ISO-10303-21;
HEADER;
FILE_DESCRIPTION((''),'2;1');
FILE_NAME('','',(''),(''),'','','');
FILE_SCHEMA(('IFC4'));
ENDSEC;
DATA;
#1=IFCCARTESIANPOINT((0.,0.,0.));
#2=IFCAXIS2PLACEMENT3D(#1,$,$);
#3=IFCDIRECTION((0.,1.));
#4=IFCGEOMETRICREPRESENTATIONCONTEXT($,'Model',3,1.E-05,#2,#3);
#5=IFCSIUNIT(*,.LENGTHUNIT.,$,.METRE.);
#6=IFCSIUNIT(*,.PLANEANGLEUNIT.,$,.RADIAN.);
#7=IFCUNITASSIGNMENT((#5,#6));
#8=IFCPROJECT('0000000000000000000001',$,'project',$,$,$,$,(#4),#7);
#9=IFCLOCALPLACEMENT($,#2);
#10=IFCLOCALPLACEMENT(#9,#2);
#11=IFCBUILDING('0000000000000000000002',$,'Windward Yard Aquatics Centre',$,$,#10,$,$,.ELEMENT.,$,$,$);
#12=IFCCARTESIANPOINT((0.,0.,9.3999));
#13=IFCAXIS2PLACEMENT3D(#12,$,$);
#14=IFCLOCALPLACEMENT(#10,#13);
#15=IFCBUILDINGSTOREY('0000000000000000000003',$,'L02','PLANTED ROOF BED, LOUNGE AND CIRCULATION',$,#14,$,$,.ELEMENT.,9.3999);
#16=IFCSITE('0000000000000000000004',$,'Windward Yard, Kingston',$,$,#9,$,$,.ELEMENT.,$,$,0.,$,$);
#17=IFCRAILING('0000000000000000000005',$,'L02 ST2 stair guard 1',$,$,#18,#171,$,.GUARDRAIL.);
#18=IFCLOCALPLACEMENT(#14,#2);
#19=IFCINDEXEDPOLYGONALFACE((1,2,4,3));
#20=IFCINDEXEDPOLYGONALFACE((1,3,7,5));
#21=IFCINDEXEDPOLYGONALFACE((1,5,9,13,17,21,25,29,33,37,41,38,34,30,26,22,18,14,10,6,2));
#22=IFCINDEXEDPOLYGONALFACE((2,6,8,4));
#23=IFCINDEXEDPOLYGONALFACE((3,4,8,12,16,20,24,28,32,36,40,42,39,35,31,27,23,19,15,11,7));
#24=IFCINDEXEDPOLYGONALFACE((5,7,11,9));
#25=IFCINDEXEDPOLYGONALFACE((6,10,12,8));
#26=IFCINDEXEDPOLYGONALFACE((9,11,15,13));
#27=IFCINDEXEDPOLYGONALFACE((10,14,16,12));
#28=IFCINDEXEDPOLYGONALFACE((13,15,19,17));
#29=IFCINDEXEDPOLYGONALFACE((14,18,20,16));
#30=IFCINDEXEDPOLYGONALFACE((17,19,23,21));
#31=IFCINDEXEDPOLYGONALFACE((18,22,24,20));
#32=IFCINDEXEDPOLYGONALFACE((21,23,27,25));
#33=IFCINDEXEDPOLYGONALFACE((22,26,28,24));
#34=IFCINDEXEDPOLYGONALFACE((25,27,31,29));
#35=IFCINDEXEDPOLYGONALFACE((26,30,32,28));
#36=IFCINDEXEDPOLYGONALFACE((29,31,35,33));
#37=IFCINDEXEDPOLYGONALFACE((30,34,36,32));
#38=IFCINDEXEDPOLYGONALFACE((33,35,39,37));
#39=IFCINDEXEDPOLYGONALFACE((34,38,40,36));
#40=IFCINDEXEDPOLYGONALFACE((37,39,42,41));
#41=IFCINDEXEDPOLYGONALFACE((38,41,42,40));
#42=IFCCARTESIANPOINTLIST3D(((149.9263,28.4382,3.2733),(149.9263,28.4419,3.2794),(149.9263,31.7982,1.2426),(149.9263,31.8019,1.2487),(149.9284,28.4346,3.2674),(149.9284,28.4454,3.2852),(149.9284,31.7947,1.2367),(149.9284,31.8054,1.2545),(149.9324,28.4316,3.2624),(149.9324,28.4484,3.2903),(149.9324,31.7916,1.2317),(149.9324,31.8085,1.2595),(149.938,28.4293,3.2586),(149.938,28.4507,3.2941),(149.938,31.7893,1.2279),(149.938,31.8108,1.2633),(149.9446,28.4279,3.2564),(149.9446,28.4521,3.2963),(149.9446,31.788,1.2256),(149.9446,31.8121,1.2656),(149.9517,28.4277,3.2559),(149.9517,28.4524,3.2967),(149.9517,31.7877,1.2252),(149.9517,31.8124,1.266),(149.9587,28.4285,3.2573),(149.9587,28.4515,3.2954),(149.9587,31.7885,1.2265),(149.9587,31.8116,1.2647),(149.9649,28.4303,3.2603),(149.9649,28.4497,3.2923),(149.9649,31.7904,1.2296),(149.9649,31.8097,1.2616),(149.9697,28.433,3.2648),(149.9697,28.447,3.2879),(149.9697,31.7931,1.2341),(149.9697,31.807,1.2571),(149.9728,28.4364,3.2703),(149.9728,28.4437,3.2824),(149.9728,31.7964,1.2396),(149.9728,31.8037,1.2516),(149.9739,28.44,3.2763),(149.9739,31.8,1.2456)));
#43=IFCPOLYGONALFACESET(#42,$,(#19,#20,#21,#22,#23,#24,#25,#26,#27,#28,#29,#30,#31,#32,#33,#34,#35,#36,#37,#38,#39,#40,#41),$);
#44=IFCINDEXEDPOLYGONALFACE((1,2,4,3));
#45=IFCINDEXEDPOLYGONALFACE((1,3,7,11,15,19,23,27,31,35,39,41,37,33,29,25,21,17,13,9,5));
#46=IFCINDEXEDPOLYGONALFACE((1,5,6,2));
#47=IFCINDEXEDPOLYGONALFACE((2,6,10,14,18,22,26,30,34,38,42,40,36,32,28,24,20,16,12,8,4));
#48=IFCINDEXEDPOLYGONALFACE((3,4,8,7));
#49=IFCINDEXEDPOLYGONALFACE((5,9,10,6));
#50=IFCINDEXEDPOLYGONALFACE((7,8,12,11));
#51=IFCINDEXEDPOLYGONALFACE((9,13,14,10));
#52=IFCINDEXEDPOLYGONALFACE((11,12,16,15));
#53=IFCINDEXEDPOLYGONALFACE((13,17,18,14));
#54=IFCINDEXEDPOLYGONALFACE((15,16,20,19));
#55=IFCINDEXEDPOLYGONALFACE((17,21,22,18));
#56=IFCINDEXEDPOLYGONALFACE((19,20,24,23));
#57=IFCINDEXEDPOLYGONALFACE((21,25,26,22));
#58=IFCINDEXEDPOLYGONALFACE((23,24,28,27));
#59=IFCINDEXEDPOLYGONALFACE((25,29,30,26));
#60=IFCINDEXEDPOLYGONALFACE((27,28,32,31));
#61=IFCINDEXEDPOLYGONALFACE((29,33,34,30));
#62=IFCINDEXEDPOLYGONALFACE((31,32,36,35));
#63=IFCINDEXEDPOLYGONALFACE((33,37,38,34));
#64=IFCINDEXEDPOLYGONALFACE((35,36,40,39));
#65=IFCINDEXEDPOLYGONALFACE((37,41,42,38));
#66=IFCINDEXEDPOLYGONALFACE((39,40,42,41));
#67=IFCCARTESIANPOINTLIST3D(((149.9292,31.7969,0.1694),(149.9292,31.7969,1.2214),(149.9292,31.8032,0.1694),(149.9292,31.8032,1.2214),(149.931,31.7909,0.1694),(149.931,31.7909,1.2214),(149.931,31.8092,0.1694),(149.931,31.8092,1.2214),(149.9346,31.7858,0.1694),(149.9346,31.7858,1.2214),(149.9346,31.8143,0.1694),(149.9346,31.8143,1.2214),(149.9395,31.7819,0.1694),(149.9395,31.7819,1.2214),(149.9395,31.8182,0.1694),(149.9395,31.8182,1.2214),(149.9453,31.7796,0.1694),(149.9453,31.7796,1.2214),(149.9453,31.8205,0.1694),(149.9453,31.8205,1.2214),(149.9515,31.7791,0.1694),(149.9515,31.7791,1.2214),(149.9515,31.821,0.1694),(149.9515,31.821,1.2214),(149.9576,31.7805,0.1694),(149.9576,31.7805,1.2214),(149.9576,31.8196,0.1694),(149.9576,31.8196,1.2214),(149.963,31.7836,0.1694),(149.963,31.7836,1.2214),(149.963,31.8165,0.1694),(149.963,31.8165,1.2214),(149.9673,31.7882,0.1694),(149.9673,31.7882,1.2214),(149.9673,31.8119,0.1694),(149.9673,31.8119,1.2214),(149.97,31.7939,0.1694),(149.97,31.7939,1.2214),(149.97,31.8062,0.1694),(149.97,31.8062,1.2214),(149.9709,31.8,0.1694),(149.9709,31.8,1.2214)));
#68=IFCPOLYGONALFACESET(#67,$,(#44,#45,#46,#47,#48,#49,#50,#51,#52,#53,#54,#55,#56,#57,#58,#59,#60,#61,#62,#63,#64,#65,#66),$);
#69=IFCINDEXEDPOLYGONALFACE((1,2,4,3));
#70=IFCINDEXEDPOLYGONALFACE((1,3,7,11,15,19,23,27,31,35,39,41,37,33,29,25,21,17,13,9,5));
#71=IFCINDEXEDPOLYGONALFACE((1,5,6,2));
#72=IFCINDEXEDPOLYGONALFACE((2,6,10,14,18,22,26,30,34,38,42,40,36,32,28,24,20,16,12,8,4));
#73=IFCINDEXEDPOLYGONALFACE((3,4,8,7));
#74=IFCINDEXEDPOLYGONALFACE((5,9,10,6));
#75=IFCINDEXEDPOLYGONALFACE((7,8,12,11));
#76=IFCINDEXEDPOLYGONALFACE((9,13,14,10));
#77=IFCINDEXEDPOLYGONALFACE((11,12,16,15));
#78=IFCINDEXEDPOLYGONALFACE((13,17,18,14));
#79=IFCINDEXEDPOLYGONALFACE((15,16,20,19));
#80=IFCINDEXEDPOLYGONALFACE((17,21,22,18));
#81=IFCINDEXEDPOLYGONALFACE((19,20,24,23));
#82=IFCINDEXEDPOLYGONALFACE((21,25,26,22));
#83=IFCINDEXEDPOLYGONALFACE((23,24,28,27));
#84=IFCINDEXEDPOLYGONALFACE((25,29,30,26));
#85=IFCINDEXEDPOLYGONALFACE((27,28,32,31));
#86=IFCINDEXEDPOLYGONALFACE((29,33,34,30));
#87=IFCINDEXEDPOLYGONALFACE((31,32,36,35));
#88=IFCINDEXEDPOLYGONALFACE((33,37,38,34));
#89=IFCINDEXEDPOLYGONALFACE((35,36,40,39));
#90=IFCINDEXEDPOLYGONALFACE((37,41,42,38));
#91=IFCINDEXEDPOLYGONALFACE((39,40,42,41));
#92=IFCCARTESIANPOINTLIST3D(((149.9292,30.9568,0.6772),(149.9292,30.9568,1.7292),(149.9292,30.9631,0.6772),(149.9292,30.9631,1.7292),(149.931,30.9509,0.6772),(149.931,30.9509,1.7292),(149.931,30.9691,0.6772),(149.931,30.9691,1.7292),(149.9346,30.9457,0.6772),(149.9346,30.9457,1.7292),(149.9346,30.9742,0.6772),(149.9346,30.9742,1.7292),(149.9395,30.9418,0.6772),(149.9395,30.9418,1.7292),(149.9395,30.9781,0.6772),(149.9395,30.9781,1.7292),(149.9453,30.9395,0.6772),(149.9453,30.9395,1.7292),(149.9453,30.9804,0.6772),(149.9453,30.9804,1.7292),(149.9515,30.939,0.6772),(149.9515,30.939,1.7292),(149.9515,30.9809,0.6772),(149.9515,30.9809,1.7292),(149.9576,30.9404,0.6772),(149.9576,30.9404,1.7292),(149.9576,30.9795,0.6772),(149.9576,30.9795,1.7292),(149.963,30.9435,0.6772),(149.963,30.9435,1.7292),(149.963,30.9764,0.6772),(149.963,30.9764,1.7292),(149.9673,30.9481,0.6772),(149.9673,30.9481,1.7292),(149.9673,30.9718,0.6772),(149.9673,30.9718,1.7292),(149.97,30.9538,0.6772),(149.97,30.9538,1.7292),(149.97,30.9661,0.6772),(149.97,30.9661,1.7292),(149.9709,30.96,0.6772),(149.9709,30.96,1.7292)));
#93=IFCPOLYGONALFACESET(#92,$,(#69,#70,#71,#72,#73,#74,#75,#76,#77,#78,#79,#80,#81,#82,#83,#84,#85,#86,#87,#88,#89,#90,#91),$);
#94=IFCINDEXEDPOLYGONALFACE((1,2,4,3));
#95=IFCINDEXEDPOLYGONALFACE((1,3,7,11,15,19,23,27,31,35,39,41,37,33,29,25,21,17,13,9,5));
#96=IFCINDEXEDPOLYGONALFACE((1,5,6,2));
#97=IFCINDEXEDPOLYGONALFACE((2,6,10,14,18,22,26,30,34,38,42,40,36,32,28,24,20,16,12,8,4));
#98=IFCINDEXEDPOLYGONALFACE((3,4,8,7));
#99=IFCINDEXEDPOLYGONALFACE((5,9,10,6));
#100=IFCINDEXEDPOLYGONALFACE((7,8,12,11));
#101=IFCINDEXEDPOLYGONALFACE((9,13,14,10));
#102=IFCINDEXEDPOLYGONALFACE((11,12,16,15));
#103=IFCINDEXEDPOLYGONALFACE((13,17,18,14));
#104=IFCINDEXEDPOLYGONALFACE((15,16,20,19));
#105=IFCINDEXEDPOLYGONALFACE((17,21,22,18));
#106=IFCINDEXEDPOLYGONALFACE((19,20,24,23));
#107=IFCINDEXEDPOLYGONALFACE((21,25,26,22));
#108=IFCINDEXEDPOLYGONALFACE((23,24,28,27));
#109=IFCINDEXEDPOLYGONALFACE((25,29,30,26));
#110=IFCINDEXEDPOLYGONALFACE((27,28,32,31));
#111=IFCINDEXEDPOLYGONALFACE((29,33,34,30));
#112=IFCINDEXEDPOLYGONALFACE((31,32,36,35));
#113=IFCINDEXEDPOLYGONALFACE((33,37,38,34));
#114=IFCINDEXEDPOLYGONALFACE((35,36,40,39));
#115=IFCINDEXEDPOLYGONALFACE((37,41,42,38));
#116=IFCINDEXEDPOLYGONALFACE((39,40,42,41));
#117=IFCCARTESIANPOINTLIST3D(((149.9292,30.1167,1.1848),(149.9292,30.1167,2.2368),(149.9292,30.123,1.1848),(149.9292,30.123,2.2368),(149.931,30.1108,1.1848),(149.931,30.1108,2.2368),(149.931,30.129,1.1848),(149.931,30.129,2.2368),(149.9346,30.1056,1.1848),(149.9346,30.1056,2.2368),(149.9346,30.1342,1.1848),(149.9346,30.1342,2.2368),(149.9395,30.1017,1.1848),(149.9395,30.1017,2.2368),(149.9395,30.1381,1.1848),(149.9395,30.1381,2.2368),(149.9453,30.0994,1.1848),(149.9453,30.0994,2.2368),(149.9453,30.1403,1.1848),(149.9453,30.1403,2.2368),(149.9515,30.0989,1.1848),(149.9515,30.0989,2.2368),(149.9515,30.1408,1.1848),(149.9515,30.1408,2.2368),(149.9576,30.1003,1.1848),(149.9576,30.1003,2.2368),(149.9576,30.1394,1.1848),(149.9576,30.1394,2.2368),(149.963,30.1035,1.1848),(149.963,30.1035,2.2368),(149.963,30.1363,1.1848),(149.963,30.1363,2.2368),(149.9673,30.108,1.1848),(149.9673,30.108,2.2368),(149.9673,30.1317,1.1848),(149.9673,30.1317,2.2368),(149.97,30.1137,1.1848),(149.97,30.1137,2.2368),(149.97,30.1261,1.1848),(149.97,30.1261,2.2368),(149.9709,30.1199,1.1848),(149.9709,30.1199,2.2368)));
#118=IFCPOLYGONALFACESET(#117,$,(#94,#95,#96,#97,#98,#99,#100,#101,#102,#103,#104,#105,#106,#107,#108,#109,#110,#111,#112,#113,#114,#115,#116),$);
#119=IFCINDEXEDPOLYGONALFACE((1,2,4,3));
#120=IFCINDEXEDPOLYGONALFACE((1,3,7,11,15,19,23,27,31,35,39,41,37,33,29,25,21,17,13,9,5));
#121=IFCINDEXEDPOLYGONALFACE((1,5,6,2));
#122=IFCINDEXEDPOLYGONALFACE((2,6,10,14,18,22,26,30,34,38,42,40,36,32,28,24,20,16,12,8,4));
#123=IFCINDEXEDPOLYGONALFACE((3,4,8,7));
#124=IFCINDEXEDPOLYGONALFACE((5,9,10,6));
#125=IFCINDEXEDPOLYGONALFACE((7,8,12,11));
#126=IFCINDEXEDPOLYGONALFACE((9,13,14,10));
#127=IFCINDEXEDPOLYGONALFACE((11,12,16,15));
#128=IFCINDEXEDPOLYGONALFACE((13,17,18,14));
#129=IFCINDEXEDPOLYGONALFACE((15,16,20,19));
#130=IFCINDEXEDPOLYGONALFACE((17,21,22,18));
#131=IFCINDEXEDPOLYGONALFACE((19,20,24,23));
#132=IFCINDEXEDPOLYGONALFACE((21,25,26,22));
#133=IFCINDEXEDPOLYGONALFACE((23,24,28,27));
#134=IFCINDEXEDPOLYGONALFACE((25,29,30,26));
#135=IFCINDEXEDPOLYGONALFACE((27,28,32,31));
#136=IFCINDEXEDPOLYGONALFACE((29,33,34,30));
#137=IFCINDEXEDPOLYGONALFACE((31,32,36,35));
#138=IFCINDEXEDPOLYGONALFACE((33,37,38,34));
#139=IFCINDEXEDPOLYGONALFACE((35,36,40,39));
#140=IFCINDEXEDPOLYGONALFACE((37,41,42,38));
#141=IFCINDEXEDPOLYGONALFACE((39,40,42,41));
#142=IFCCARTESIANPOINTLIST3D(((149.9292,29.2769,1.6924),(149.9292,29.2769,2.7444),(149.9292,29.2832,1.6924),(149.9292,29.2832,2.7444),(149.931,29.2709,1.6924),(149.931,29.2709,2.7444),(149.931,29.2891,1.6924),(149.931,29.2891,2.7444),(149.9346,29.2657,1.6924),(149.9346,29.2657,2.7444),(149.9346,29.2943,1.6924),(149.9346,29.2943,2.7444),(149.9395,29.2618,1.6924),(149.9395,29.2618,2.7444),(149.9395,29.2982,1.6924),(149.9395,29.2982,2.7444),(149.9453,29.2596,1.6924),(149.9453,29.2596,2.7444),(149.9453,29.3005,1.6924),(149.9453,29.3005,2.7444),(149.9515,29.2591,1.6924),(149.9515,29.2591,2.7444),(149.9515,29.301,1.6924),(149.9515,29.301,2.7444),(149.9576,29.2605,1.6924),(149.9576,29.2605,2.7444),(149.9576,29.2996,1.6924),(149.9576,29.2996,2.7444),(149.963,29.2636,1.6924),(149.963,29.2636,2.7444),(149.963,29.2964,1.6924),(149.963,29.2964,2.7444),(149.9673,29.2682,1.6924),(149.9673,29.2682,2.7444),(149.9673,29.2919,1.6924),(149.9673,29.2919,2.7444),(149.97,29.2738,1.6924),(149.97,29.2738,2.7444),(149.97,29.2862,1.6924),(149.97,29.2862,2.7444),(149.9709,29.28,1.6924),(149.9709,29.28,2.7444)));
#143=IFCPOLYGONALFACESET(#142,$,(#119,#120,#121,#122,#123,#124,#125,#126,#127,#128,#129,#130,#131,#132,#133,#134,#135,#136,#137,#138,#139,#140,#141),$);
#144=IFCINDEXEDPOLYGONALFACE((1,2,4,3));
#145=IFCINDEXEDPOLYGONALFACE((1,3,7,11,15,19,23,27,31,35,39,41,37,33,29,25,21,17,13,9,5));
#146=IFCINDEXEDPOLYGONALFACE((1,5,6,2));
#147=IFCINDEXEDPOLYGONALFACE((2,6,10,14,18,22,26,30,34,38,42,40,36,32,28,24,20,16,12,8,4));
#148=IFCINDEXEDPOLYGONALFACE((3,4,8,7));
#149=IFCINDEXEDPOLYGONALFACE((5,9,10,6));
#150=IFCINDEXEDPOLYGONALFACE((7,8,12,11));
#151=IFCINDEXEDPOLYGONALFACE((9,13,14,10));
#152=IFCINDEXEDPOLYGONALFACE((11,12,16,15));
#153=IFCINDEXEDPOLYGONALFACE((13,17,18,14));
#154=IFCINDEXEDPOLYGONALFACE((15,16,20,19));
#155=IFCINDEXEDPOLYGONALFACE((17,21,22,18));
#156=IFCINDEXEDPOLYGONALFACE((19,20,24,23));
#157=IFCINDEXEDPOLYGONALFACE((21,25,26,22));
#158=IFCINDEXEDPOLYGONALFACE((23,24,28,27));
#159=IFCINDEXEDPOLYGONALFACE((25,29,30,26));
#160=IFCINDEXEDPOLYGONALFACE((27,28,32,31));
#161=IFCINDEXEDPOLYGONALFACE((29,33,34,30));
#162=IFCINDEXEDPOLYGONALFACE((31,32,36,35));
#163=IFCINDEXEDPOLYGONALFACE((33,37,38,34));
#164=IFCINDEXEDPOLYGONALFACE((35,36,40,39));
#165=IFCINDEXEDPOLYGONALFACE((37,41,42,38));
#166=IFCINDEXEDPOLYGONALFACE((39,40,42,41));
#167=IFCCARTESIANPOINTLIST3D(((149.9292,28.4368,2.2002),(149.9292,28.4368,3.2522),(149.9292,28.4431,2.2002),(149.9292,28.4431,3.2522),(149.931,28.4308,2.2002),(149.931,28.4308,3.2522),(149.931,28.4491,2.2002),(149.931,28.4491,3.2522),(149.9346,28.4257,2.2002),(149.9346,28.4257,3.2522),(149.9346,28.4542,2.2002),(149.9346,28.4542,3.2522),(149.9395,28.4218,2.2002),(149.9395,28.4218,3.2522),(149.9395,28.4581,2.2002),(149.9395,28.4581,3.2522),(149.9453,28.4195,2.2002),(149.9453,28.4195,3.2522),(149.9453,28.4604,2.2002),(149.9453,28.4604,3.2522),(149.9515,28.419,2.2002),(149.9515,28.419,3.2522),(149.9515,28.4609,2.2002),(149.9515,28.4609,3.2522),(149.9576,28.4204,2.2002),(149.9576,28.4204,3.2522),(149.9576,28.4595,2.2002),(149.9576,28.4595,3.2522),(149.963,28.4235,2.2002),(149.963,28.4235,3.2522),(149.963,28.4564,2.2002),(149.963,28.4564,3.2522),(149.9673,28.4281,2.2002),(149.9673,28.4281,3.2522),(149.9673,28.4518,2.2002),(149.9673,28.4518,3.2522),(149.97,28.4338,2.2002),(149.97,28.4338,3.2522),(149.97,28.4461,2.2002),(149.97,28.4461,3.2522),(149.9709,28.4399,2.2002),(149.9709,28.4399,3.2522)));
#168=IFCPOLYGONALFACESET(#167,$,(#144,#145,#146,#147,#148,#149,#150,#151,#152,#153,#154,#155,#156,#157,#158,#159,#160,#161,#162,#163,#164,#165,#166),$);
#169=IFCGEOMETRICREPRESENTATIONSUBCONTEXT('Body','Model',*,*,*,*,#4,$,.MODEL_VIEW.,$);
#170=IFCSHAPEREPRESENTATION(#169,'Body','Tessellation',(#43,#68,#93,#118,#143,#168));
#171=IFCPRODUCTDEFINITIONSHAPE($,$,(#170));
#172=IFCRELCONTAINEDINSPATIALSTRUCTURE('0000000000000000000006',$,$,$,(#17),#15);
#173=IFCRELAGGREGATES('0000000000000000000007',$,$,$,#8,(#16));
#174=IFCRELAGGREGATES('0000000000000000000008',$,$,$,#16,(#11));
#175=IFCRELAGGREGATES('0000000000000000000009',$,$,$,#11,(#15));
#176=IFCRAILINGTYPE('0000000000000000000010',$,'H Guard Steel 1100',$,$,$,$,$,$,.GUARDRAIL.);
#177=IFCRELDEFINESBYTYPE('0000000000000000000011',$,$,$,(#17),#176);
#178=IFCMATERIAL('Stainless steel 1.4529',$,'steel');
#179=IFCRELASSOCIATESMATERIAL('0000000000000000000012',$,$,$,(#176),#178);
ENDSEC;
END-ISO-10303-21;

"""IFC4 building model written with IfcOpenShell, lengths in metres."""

from ifc_helpers import new_model, si_unit, direction, frame, origin, origin_2d, place, context, subcontext, project, spatial, circle, extrude, material, type_object, element, save


model = new_model("IFC4")

# Units and contexts
model_context = context("Model", 3, precision=1e-05, world=origin(), true_north=direction((0.0, 1.0)))
body_context = subcontext(model_context, "Body", "Model", "MODEL_VIEW")
ifc_project = project(units=[si_unit("LENGTHUNIT", "METRE"), si_unit("PLANEANGLEUNIT", "RADIAN")], contexts=[model_context])

# Site, building, storey
site_placement = place(None, origin())
site = spatial("IfcSite", under=ifc_project, at=site_placement, Name="Windward Yard, Kingston", CompositionType="ELEMENT", RefElevation=0.0)
building_placement = place(site_placement, origin())
building = spatial("IfcBuilding", under=site, at=building_placement, Name="Windward Yard Aquatics Centre", CompositionType="ELEMENT")
storey_placement = place(building_placement, frame((0.0, 0.0, 9.3999)))
storey = spatial("IfcBuildingStorey", under=building, at=storey_placement, Name="L02", Description="PLANTED ROOF BED, LOUNGE AND CIRCULATION", CompositionType="ELEMENT", Elevation=9.3999)

# Railing
ifc_material_1 = material(Name="Stainless steel 1.4529", Category="steel")
railing_type_1 = type_object("IfcRailingType", Name="H Guard Steel 1100", PredefinedType="GUARDRAIL", material=ifc_material_1)
railing_1_placement = place(storey_placement, frame((149.95, 31.8, 0.1694)))
element("IfcRailing", 1, at=railing_1_placement, inside=storey, type_object=railing_type_1, Name="L02 ST2 stair guard 1", PredefinedType="GUARDRAIL", context=body_context, shape_type="SweptSolid", body=[
    extrude(circle(Radius=0.0239, at=origin_2d()), frame((0.0, 0.0, 1.0762), z_axis=(0.0, -0.855837, 0.517246), x_axis=(1.0, 0.0, 0.0)), (0.0, 0.0, 1.0), 3.926),
    extrude(circle(Radius=0.021, at=origin_2d()), origin(), (0.0, 0.0, 1.0), 1.052),
    extrude(circle(Radius=0.021, at=origin_2d()), frame((0.0, -0.8401, 0.5078)), (0.0, 0.0, 1.0), 1.052),
    extrude(circle(Radius=0.021, at=origin_2d()), frame((0.0, -1.6802, 1.0154)), (0.0, 0.0, 1.0), 1.052),
    extrude(circle(Radius=0.021, at=origin_2d()), frame((0.0, -2.52, 1.5229)), (0.0, 0.0, 1.0), 1.052),
    extrude(circle(Radius=0.021, at=origin_2d()), frame((0.0, -3.3601, 2.0308)), (0.0, 0.0, 1.0), 1.052),
])

save(model, "model.ifc")
